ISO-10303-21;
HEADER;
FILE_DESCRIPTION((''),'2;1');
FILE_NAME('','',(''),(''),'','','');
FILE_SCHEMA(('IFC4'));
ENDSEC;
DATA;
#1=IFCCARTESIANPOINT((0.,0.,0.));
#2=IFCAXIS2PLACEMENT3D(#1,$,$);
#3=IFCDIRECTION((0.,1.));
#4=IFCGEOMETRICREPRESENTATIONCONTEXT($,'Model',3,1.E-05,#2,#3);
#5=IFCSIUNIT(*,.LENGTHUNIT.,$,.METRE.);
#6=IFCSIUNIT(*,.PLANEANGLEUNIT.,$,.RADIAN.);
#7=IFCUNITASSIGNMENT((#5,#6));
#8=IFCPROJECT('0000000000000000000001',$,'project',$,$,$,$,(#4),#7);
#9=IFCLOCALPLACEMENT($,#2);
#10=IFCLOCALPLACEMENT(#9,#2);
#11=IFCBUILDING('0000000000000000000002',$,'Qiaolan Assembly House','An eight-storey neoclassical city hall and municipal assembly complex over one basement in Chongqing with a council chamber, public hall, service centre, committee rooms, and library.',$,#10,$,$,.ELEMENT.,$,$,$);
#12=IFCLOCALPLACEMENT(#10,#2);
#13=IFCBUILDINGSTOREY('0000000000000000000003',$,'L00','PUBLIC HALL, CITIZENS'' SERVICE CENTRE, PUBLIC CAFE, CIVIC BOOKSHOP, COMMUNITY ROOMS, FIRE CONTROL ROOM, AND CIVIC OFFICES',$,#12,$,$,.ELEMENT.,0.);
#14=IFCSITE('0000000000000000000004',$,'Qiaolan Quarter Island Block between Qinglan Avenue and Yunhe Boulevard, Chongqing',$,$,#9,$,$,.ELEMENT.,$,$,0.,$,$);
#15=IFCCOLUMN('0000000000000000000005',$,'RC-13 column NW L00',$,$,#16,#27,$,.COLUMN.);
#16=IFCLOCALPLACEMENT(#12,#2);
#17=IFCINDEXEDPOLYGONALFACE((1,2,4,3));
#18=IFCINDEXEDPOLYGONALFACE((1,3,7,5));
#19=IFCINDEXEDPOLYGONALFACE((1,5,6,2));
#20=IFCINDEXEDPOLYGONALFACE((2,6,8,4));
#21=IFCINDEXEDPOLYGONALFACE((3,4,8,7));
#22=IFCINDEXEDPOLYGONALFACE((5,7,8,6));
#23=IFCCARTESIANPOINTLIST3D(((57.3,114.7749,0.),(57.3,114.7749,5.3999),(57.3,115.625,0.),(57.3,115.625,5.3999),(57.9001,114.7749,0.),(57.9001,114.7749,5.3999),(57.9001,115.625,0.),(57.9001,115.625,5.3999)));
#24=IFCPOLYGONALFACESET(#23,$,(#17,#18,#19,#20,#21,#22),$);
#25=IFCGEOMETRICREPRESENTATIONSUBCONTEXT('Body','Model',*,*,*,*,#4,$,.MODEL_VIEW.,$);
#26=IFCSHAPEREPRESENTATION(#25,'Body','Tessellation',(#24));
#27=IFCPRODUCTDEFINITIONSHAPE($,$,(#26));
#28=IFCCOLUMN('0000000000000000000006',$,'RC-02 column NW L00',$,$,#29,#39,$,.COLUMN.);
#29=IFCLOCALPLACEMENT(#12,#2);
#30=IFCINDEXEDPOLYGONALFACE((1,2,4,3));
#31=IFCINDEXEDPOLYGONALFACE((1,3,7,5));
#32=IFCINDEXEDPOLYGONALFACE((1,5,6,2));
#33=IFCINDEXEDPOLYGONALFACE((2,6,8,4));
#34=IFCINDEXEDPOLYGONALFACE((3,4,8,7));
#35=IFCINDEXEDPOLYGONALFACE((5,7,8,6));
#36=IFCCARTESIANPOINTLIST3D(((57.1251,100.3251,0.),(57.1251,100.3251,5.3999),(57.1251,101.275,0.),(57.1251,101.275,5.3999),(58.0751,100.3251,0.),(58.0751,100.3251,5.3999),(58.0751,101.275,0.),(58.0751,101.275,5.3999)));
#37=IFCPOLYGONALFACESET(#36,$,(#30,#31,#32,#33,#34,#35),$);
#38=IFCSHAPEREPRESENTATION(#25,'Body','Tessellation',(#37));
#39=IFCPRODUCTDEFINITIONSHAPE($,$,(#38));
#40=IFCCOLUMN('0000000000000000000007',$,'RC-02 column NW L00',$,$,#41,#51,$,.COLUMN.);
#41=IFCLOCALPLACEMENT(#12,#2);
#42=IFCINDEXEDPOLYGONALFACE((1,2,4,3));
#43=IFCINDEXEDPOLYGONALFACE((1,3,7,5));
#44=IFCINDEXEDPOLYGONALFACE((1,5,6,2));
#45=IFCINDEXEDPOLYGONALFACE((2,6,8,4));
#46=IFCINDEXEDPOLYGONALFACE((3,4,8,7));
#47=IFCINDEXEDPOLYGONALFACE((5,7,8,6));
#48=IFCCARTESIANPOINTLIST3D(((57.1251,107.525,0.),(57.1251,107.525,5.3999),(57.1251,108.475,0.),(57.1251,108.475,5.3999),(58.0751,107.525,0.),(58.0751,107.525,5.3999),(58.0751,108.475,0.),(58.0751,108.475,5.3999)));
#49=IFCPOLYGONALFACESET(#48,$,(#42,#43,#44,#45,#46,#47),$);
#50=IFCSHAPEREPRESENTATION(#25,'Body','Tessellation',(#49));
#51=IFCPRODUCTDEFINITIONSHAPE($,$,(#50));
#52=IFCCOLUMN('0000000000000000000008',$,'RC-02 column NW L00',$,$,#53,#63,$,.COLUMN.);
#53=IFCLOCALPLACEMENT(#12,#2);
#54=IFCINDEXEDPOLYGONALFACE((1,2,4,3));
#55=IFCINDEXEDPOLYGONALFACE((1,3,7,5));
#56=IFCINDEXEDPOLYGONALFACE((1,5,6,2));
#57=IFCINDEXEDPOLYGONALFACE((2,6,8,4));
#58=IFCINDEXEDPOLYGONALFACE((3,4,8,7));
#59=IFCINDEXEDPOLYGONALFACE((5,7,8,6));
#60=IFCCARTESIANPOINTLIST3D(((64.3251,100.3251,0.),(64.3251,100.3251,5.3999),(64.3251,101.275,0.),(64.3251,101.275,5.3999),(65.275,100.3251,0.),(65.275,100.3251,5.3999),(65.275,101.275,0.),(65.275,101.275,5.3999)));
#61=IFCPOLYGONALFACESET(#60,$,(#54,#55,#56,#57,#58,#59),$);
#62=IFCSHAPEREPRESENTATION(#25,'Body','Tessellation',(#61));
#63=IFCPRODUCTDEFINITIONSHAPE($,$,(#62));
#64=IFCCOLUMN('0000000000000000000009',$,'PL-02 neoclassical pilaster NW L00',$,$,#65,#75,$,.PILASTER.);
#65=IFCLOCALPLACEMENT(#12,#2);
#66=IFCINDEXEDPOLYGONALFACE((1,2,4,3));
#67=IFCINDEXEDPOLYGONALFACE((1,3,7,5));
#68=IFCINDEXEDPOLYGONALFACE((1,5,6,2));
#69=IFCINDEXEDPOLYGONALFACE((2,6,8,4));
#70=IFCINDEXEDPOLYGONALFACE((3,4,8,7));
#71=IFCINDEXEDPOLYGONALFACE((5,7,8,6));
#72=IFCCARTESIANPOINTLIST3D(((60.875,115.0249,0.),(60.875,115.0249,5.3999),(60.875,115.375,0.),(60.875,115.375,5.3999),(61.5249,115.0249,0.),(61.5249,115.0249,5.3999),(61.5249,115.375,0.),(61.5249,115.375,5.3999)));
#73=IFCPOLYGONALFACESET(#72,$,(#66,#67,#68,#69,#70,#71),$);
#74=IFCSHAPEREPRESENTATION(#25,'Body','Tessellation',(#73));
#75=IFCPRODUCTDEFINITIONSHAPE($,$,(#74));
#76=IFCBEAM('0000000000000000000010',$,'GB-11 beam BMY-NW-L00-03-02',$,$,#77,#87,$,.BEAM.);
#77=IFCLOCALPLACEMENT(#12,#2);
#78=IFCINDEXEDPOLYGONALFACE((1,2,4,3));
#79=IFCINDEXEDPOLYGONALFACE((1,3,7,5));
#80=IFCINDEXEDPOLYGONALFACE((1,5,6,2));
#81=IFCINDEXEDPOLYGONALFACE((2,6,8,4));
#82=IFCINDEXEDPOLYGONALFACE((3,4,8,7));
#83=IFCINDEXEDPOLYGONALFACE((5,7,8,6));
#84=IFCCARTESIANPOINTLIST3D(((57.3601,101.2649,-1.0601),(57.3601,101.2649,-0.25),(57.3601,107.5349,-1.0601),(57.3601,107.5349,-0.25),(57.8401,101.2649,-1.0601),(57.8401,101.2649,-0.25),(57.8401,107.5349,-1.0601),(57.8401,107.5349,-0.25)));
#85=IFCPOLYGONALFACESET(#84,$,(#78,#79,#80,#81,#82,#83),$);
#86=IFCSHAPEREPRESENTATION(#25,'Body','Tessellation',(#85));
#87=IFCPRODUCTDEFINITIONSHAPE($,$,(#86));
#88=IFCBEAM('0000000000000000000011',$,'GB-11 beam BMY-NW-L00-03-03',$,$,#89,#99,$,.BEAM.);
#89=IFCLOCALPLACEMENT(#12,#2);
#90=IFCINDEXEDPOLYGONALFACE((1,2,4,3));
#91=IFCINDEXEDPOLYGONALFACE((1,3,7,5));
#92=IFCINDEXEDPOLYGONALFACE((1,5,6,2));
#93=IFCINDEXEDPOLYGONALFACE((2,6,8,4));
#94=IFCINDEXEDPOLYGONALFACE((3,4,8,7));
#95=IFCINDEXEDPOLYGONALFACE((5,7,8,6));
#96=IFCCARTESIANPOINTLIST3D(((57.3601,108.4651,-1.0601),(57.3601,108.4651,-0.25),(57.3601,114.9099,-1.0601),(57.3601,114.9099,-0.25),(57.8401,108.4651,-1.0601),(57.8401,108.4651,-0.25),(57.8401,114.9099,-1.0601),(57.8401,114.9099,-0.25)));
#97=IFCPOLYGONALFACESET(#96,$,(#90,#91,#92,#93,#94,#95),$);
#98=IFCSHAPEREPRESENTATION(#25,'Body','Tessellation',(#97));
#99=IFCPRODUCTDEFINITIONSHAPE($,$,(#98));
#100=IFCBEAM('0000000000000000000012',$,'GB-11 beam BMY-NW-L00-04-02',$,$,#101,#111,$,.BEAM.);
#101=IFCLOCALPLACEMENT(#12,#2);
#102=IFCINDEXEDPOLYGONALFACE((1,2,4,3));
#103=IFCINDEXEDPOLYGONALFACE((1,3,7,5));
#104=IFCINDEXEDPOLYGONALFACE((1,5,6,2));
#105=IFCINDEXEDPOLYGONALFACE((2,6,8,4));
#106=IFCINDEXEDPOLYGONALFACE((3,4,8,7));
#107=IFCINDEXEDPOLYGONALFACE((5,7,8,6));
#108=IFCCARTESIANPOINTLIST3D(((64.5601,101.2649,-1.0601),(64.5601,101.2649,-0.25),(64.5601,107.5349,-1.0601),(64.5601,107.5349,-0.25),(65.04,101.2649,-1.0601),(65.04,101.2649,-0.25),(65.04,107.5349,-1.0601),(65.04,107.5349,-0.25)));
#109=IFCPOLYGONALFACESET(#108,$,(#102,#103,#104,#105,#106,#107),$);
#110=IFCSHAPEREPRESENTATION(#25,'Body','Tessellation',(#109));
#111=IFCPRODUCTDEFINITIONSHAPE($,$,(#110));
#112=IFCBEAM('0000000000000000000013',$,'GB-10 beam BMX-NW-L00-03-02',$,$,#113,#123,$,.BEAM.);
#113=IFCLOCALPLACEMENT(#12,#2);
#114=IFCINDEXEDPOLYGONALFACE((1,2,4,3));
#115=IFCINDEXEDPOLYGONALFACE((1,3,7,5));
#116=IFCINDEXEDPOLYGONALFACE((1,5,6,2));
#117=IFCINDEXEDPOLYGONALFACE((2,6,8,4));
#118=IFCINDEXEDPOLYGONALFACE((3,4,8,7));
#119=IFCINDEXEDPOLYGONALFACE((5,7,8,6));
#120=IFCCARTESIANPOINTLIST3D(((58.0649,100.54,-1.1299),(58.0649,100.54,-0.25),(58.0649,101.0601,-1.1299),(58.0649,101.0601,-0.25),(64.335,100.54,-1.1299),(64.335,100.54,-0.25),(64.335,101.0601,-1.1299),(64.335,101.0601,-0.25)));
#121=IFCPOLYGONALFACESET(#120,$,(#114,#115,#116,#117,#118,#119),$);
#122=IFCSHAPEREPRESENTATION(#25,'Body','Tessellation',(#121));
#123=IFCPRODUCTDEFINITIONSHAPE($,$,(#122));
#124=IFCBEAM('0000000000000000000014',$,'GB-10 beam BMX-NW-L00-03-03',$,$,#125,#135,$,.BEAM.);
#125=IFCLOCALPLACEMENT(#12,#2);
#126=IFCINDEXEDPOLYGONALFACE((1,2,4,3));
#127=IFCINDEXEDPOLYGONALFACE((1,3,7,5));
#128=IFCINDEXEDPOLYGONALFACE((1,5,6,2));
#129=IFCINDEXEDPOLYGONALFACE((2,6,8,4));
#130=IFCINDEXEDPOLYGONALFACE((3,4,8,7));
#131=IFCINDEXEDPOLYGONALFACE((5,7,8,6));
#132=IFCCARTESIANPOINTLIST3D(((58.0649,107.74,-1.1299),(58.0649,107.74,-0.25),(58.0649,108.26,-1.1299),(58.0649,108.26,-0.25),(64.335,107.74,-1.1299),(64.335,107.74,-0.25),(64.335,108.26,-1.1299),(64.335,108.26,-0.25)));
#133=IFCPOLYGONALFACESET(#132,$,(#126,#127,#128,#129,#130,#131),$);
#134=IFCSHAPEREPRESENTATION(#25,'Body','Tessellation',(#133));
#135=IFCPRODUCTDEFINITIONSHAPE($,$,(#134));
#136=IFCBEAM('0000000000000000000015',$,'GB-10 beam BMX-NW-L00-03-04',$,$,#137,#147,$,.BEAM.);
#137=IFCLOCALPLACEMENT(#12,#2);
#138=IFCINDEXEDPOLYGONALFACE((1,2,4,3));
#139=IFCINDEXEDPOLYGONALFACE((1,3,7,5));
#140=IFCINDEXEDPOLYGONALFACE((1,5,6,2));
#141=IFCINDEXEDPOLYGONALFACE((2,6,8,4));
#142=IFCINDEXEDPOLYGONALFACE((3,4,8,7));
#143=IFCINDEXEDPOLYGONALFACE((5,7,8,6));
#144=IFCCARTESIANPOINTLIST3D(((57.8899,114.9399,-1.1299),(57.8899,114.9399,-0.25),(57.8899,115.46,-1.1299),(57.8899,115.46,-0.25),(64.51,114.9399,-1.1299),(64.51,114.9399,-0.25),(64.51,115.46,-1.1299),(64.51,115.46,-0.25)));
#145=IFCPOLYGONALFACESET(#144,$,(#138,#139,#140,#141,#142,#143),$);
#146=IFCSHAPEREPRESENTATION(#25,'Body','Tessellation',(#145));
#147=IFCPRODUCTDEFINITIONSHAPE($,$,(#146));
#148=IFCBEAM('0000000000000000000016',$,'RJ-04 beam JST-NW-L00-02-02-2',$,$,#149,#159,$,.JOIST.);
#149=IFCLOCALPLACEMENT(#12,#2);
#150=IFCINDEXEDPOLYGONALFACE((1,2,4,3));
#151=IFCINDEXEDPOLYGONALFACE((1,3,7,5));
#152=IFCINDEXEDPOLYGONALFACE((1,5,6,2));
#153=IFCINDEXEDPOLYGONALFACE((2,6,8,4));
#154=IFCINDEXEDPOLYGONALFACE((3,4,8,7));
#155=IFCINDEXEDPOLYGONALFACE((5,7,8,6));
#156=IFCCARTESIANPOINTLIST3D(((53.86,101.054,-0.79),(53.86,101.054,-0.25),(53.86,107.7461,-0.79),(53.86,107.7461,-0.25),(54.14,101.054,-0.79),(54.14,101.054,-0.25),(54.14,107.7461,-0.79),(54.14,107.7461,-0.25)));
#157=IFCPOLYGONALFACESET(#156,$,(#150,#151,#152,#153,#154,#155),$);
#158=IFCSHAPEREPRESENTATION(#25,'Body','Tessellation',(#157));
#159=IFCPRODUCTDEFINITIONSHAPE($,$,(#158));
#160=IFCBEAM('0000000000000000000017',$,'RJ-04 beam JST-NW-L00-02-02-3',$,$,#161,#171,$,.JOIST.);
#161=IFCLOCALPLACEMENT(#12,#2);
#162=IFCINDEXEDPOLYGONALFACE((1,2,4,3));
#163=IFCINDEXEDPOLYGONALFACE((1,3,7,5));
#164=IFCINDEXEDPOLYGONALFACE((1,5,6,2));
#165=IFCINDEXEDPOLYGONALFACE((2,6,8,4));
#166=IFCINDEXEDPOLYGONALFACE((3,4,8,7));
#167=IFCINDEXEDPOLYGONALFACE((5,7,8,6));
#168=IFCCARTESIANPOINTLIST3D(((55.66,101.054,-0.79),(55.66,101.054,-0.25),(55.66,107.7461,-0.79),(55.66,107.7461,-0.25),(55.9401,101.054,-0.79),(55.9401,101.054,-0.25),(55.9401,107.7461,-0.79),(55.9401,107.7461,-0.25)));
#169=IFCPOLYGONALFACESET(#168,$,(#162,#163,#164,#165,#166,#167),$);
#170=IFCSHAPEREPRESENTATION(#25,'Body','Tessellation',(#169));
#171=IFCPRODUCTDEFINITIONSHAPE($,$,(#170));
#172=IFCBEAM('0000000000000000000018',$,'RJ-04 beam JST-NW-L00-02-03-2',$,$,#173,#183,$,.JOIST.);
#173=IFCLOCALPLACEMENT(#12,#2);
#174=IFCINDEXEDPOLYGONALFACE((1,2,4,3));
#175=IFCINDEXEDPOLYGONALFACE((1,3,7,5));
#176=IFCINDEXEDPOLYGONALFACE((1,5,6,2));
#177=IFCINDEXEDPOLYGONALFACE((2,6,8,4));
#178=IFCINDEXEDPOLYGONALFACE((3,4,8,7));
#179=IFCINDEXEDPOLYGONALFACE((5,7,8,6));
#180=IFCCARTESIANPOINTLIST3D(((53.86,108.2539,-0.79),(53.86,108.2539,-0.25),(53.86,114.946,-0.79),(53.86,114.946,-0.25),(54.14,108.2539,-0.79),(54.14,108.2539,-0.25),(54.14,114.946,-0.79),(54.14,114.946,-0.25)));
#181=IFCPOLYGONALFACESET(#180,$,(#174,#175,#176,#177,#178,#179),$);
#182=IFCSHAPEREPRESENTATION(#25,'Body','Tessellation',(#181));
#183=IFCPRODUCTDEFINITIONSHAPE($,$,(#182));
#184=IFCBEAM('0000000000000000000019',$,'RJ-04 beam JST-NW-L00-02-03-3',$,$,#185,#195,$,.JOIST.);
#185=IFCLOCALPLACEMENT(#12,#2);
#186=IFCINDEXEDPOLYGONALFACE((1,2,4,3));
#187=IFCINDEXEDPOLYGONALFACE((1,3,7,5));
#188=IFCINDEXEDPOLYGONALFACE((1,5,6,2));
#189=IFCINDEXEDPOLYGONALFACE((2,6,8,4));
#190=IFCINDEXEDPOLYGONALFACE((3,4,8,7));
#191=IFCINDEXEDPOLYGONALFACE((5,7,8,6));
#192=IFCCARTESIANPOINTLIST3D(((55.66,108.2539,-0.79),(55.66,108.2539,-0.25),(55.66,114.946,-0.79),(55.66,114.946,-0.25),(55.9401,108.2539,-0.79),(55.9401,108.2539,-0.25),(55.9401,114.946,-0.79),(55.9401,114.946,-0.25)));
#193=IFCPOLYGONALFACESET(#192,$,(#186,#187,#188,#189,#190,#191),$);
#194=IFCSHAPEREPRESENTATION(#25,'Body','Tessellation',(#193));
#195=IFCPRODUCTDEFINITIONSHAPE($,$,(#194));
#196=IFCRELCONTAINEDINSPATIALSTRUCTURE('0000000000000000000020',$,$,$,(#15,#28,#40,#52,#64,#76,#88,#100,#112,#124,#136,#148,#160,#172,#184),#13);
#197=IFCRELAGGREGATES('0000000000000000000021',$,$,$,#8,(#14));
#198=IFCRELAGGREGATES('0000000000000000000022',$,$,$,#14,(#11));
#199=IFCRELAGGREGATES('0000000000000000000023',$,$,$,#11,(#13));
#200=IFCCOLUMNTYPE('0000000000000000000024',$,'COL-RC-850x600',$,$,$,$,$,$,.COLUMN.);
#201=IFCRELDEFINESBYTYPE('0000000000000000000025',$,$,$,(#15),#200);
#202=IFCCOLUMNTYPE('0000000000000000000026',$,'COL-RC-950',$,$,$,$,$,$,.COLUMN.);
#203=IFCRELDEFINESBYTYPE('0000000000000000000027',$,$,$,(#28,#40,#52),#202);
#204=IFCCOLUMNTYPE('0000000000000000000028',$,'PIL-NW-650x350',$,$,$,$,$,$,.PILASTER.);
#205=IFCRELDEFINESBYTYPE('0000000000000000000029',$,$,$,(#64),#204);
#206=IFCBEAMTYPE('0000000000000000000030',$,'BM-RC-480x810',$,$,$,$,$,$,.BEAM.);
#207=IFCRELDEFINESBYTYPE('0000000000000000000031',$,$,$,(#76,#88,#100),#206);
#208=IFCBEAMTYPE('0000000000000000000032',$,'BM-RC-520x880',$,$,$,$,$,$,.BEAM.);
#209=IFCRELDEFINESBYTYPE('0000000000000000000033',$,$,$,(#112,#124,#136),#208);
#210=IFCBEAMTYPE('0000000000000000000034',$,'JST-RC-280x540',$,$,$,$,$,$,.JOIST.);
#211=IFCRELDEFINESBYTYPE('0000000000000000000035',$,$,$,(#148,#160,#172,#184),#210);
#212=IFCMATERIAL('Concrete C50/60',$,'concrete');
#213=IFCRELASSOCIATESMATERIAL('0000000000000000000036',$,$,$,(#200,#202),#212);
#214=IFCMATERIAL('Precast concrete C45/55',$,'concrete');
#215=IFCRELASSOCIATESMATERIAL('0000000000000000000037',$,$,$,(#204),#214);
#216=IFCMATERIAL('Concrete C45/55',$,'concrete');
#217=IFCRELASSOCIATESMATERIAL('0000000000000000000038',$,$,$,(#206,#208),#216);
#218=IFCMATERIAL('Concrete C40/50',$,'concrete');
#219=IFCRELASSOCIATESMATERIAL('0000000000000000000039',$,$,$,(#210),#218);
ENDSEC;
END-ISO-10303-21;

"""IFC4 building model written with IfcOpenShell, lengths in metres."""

from ifc_helpers import new_model, si_unit, direction, frame, origin, origin_2d, place, context, subcontext, project, spatial, rectangle, extrude, material, material_profile, profile_set, type_object, element, save


model = new_model("IFC4")

# Units and contexts
model_context = context("Model", 3, precision=1e-05, world=origin(), true_north=direction((0.0, 1.0)))
body_context = subcontext(model_context, "Body", "Model", "MODEL_VIEW")
ifc_project = project(units=[si_unit("LENGTHUNIT", "METRE"), si_unit("PLANEANGLEUNIT", "RADIAN")], contexts=[model_context])

# Site, building, storey
site_placement = place(None, origin())
site = spatial("IfcSite", under=ifc_project, at=site_placement, Name="Qiaolan Quarter Island Block between Qinglan Avenue and Yunhe Boulevard, Chongqing", CompositionType="ELEMENT", RefElevation=0.0)
building_placement = place(site_placement, origin())
building = spatial("IfcBuilding", under=site, at=building_placement, Name="Qiaolan Assembly House", Description="An eight-storey neoclassical city hall and municipal assembly complex over one basement in Chongqing with a council chamber, public hall, service centre, committee rooms, and library.", CompositionType="ELEMENT")
storey_placement = place(building_placement, origin())
storey = spatial("IfcBuildingStorey", under=building, at=storey_placement, Name="L00", Description="PUBLIC HALL, CITIZENS' SERVICE CENTRE, PUBLIC CAFE, CIVIC BOOKSHOP, COMMUNITY ROOMS, FIRE CONTROL ROOM, AND CIVIC OFFICES", CompositionType="ELEMENT", Elevation=0.0)

# Columns
ifc_material_1 = material(Name="Concrete C50/60", Category="concrete")
ifc_material_profile_1 = material_profile(ifc_material_1, rectangle(XDim=0.6001, YDim=0.8501, at=origin_2d()), Name="RC 850x600")
ifc_profile_set_1 = profile_set([ifc_material_profile_1], Name="Concrete C50/60")
column_type_1 = type_object("IfcColumnType", Name="COL-RC-850x600", PredefinedType="COLUMN", material=ifc_profile_set_1)
column_1_placement = place(storey_placement, frame((57.6001, 115.2, 0.0), z_axis=(0.0, 0.0, 1.0), x_axis=(1.0, 0.0, 0.0)))
element("IfcColumn", 1, at=column_1_placement, inside=storey, type_object=column_type_1, Name="RC-13 column NW L00", PredefinedType="COLUMN", context=body_context, shape_type="SweptSolid", body=[
    extrude(rectangle(XDim=0.6001, YDim=0.8501, at=origin_2d()), origin(), (0.0, 0.0, 1.0), 5.3999),
])
ifc_material_profile_2 = material_profile(ifc_material_1, rectangle(XDim=0.95, YDim=0.95, at=origin_2d()), Name="RC 950x950")
ifc_profile_set_2 = profile_set([ifc_material_profile_2], Name="Concrete C50/60")
column_type_2 = type_object("IfcColumnType", Name="COL-RC-950", PredefinedType="COLUMN", material=ifc_profile_set_2)
for number, where, z_axis, x_axis, name in (
    (2, (57.6001, 100.8, 0.0), (0.0, 0.0, 1.0), (1.0, 0.0, 0.0), "RC-02 column NW L00"),
    (3, (57.6001, 108.0, 0.0), (0.0, 0.0, 1.0), (1.0, 0.0, 0.0), "RC-02 column NW L00"),
    (4, (64.8, 100.8, 0.0), (0.0, 0.0, 1.0), (1.0, 0.0, 0.0), "RC-02 column NW L00"),
):
    element("IfcColumn", number, at=place(storey_placement, frame(where, z_axis=z_axis, x_axis=x_axis)), inside=storey, type_object=column_type_2, Name=name, PredefinedType="COLUMN", context=body_context, shape_type="SweptSolid", body=[
        extrude(rectangle(XDim=0.95, YDim=0.95, at=origin_2d()), origin(), (0.0, 0.0, 1.0), 5.3999),
    ])
ifc_material_2 = material(Name="Precast concrete C45/55", Category="concrete")
ifc_material_profile_3 = material_profile(ifc_material_2, rectangle(XDim=0.6499, YDim=0.3501, at=origin_2d()), Name="PIL 650x350")
ifc_profile_set_3 = profile_set([ifc_material_profile_3], Name="Precast concrete C45/55")
column_type_3 = type_object("IfcColumnType", Name="PIL-NW-650x350", PredefinedType="PILASTER", material=ifc_profile_set_3)
column_2_placement = place(storey_placement, frame((61.2, 115.2, 0.0), z_axis=(0.0, 0.0, 1.0), x_axis=(1.0, 0.0, 0.0)))
element("IfcColumn", 5, at=column_2_placement, inside=storey, type_object=column_type_3, Name="PL-02 neoclassical pilaster NW L00", PredefinedType="PILASTER", context=body_context, shape_type="SweptSolid", body=[
    extrude(rectangle(XDim=0.6499, YDim=0.3501, at=origin_2d()), origin(), (0.0, 0.0, 1.0), 5.3999),
])

# Beams
ifc_material_3 = material(Name="Concrete C45/55", Category="concrete")
ifc_material_profile_4 = material_profile(ifc_material_3, rectangle(XDim=0.48, YDim=0.8101, at=origin_2d()), Name="RCB 480x810")
ifc_profile_set_4 = profile_set([ifc_material_profile_4], Name="Concrete C45/55")
beam_type_1 = type_object("IfcBeamType", Name="BM-RC-480x810", PredefinedType="BEAM", material=ifc_profile_set_4)
beam_1_placement = place(storey_placement, frame((57.6001, 101.2649, -0.655), z_axis=(0.0, 1.0, 0.0), x_axis=(-1.0, 0.0, 0.0)))
element("IfcBeam", 6, at=beam_1_placement, inside=storey, type_object=beam_type_1, Name="GB-11 beam BMY-NW-L00-03-02", PredefinedType="BEAM", context=body_context, shape_type="SweptSolid", body=[
    extrude(rectangle(XDim=0.48, YDim=0.8101, at=origin_2d()), origin(), (0.0, 0.0, 1.0), 6.27),
])
beam_2_placement = place(storey_placement, frame((57.6001, 108.4651, -0.655), z_axis=(0.0, 1.0, 0.0), x_axis=(-1.0, 0.0, 0.0)))
element("IfcBeam", 7, at=beam_2_placement, inside=storey, type_object=beam_type_1, Name="GB-11 beam BMY-NW-L00-03-03", PredefinedType="BEAM", context=body_context, shape_type="SweptSolid", body=[
    extrude(rectangle(XDim=0.48, YDim=0.8101, at=origin_2d()), origin(), (0.0, 0.0, 1.0), 6.4448),
])
beam_3_placement = place(storey_placement, frame((64.8, 101.2649, -0.655), z_axis=(0.0, 1.0, 0.0), x_axis=(-1.0, 0.0, 0.0)))
element("IfcBeam", 8, at=beam_3_placement, inside=storey, type_object=beam_type_1, Name="GB-11 beam BMY-NW-L00-04-02", PredefinedType="BEAM", context=body_context, shape_type="SweptSolid", body=[
    extrude(rectangle(XDim=0.48, YDim=0.8101, at=origin_2d()), origin(), (0.0, 0.0, 1.0), 6.27),
])
ifc_material_profile_5 = material_profile(ifc_material_3, rectangle(XDim=0.52, YDim=0.8799, at=origin_2d()), Name="RCB 520x880")
ifc_profile_set_5 = profile_set([ifc_material_profile_5], Name="Concrete C45/55")
beam_type_2 = type_object("IfcBeamType", Name="BM-RC-520x880", PredefinedType="BEAM", material=ifc_profile_set_5)
for number, where, z_axis, x_axis, name in (
    (9, (58.0649, 100.8, -0.6899), (1.0, 0.0, 0.0), (0.0, 1.0, 0.0), "GB-10 beam BMX-NW-L00-03-02"),
    (10, (58.0649, 108.0, -0.6899), (1.0, 0.0, 0.0), (0.0, 1.0, 0.0), "GB-10 beam BMX-NW-L00-03-03"),
):
    element("IfcBeam", number, at=place(storey_placement, frame(where, z_axis=z_axis, x_axis=x_axis)), inside=storey, type_object=beam_type_2, Name=name, PredefinedType="BEAM", context=body_context, shape_type="SweptSolid", body=[
        extrude(rectangle(XDim=0.52, YDim=0.8799, at=origin_2d()), origin(), (0.0, 0.0, 1.0), 6.27),
    ])
beam_4_placement = place(storey_placement, frame((57.8899, 115.2, -0.6899), z_axis=(1.0, 0.0, 0.0), x_axis=(0.0, 1.0, 0.0)))
element("IfcBeam", 11, at=beam_4_placement, inside=storey, type_object=beam_type_2, Name="GB-10 beam BMX-NW-L00-03-04", PredefinedType="BEAM", context=body_context, shape_type="SweptSolid", body=[
    extrude(rectangle(XDim=0.52, YDim=0.8799, at=origin_2d()), origin(), (0.0, 0.0, 1.0), 6.6201),
])
ifc_material_4 = material(Name="Concrete C40/50", Category="concrete")
ifc_material_profile_6 = material_profile(ifc_material_4, rectangle(XDim=0.28, YDim=0.54, at=origin_2d()), Name="RCB 280x540")
ifc_profile_set_6 = profile_set([ifc_material_profile_6], Name="Concrete C40/50")
beam_type_3 = type_object("IfcBeamType", Name="JST-RC-280x540", PredefinedType="JOIST", material=ifc_profile_set_6)
for number, where, z_axis, x_axis, name in (
    (12, (54.0, 101.054, -0.52), (0.0, 1.0, 0.0), (-1.0, 0.0, 0.0), "RJ-04 beam JST-NW-L00-02-02-2"),
    (13, (55.8, 101.054, -0.52), (0.0, 1.0, 0.0), (-1.0, 0.0, 0.0), "RJ-04 beam JST-NW-L00-02-02-3"),
    (14, (54.0, 108.2539, -0.52), (0.0, 1.0, 0.0), (-1.0, 0.0, 0.0), "RJ-04 beam JST-NW-L00-02-03-2"),
    (15, (55.8, 108.2539, -0.52), (0.0, 1.0, 0.0), (-1.0, 0.0, 0.0), "RJ-04 beam JST-NW-L00-02-03-3"),
):
    element("IfcBeam", number, at=place(storey_placement, frame(where, z_axis=z_axis, x_axis=x_axis)), inside=storey, type_object=beam_type_3, Name=name, PredefinedType="JOIST", context=body_context, shape_type="SweptSolid", body=[
        extrude(rectangle(XDim=0.28, YDim=0.54, at=origin_2d()), origin(), (0.0, 0.0, 1.0), 6.6921),
    ])

save(model, "model.ifc")
